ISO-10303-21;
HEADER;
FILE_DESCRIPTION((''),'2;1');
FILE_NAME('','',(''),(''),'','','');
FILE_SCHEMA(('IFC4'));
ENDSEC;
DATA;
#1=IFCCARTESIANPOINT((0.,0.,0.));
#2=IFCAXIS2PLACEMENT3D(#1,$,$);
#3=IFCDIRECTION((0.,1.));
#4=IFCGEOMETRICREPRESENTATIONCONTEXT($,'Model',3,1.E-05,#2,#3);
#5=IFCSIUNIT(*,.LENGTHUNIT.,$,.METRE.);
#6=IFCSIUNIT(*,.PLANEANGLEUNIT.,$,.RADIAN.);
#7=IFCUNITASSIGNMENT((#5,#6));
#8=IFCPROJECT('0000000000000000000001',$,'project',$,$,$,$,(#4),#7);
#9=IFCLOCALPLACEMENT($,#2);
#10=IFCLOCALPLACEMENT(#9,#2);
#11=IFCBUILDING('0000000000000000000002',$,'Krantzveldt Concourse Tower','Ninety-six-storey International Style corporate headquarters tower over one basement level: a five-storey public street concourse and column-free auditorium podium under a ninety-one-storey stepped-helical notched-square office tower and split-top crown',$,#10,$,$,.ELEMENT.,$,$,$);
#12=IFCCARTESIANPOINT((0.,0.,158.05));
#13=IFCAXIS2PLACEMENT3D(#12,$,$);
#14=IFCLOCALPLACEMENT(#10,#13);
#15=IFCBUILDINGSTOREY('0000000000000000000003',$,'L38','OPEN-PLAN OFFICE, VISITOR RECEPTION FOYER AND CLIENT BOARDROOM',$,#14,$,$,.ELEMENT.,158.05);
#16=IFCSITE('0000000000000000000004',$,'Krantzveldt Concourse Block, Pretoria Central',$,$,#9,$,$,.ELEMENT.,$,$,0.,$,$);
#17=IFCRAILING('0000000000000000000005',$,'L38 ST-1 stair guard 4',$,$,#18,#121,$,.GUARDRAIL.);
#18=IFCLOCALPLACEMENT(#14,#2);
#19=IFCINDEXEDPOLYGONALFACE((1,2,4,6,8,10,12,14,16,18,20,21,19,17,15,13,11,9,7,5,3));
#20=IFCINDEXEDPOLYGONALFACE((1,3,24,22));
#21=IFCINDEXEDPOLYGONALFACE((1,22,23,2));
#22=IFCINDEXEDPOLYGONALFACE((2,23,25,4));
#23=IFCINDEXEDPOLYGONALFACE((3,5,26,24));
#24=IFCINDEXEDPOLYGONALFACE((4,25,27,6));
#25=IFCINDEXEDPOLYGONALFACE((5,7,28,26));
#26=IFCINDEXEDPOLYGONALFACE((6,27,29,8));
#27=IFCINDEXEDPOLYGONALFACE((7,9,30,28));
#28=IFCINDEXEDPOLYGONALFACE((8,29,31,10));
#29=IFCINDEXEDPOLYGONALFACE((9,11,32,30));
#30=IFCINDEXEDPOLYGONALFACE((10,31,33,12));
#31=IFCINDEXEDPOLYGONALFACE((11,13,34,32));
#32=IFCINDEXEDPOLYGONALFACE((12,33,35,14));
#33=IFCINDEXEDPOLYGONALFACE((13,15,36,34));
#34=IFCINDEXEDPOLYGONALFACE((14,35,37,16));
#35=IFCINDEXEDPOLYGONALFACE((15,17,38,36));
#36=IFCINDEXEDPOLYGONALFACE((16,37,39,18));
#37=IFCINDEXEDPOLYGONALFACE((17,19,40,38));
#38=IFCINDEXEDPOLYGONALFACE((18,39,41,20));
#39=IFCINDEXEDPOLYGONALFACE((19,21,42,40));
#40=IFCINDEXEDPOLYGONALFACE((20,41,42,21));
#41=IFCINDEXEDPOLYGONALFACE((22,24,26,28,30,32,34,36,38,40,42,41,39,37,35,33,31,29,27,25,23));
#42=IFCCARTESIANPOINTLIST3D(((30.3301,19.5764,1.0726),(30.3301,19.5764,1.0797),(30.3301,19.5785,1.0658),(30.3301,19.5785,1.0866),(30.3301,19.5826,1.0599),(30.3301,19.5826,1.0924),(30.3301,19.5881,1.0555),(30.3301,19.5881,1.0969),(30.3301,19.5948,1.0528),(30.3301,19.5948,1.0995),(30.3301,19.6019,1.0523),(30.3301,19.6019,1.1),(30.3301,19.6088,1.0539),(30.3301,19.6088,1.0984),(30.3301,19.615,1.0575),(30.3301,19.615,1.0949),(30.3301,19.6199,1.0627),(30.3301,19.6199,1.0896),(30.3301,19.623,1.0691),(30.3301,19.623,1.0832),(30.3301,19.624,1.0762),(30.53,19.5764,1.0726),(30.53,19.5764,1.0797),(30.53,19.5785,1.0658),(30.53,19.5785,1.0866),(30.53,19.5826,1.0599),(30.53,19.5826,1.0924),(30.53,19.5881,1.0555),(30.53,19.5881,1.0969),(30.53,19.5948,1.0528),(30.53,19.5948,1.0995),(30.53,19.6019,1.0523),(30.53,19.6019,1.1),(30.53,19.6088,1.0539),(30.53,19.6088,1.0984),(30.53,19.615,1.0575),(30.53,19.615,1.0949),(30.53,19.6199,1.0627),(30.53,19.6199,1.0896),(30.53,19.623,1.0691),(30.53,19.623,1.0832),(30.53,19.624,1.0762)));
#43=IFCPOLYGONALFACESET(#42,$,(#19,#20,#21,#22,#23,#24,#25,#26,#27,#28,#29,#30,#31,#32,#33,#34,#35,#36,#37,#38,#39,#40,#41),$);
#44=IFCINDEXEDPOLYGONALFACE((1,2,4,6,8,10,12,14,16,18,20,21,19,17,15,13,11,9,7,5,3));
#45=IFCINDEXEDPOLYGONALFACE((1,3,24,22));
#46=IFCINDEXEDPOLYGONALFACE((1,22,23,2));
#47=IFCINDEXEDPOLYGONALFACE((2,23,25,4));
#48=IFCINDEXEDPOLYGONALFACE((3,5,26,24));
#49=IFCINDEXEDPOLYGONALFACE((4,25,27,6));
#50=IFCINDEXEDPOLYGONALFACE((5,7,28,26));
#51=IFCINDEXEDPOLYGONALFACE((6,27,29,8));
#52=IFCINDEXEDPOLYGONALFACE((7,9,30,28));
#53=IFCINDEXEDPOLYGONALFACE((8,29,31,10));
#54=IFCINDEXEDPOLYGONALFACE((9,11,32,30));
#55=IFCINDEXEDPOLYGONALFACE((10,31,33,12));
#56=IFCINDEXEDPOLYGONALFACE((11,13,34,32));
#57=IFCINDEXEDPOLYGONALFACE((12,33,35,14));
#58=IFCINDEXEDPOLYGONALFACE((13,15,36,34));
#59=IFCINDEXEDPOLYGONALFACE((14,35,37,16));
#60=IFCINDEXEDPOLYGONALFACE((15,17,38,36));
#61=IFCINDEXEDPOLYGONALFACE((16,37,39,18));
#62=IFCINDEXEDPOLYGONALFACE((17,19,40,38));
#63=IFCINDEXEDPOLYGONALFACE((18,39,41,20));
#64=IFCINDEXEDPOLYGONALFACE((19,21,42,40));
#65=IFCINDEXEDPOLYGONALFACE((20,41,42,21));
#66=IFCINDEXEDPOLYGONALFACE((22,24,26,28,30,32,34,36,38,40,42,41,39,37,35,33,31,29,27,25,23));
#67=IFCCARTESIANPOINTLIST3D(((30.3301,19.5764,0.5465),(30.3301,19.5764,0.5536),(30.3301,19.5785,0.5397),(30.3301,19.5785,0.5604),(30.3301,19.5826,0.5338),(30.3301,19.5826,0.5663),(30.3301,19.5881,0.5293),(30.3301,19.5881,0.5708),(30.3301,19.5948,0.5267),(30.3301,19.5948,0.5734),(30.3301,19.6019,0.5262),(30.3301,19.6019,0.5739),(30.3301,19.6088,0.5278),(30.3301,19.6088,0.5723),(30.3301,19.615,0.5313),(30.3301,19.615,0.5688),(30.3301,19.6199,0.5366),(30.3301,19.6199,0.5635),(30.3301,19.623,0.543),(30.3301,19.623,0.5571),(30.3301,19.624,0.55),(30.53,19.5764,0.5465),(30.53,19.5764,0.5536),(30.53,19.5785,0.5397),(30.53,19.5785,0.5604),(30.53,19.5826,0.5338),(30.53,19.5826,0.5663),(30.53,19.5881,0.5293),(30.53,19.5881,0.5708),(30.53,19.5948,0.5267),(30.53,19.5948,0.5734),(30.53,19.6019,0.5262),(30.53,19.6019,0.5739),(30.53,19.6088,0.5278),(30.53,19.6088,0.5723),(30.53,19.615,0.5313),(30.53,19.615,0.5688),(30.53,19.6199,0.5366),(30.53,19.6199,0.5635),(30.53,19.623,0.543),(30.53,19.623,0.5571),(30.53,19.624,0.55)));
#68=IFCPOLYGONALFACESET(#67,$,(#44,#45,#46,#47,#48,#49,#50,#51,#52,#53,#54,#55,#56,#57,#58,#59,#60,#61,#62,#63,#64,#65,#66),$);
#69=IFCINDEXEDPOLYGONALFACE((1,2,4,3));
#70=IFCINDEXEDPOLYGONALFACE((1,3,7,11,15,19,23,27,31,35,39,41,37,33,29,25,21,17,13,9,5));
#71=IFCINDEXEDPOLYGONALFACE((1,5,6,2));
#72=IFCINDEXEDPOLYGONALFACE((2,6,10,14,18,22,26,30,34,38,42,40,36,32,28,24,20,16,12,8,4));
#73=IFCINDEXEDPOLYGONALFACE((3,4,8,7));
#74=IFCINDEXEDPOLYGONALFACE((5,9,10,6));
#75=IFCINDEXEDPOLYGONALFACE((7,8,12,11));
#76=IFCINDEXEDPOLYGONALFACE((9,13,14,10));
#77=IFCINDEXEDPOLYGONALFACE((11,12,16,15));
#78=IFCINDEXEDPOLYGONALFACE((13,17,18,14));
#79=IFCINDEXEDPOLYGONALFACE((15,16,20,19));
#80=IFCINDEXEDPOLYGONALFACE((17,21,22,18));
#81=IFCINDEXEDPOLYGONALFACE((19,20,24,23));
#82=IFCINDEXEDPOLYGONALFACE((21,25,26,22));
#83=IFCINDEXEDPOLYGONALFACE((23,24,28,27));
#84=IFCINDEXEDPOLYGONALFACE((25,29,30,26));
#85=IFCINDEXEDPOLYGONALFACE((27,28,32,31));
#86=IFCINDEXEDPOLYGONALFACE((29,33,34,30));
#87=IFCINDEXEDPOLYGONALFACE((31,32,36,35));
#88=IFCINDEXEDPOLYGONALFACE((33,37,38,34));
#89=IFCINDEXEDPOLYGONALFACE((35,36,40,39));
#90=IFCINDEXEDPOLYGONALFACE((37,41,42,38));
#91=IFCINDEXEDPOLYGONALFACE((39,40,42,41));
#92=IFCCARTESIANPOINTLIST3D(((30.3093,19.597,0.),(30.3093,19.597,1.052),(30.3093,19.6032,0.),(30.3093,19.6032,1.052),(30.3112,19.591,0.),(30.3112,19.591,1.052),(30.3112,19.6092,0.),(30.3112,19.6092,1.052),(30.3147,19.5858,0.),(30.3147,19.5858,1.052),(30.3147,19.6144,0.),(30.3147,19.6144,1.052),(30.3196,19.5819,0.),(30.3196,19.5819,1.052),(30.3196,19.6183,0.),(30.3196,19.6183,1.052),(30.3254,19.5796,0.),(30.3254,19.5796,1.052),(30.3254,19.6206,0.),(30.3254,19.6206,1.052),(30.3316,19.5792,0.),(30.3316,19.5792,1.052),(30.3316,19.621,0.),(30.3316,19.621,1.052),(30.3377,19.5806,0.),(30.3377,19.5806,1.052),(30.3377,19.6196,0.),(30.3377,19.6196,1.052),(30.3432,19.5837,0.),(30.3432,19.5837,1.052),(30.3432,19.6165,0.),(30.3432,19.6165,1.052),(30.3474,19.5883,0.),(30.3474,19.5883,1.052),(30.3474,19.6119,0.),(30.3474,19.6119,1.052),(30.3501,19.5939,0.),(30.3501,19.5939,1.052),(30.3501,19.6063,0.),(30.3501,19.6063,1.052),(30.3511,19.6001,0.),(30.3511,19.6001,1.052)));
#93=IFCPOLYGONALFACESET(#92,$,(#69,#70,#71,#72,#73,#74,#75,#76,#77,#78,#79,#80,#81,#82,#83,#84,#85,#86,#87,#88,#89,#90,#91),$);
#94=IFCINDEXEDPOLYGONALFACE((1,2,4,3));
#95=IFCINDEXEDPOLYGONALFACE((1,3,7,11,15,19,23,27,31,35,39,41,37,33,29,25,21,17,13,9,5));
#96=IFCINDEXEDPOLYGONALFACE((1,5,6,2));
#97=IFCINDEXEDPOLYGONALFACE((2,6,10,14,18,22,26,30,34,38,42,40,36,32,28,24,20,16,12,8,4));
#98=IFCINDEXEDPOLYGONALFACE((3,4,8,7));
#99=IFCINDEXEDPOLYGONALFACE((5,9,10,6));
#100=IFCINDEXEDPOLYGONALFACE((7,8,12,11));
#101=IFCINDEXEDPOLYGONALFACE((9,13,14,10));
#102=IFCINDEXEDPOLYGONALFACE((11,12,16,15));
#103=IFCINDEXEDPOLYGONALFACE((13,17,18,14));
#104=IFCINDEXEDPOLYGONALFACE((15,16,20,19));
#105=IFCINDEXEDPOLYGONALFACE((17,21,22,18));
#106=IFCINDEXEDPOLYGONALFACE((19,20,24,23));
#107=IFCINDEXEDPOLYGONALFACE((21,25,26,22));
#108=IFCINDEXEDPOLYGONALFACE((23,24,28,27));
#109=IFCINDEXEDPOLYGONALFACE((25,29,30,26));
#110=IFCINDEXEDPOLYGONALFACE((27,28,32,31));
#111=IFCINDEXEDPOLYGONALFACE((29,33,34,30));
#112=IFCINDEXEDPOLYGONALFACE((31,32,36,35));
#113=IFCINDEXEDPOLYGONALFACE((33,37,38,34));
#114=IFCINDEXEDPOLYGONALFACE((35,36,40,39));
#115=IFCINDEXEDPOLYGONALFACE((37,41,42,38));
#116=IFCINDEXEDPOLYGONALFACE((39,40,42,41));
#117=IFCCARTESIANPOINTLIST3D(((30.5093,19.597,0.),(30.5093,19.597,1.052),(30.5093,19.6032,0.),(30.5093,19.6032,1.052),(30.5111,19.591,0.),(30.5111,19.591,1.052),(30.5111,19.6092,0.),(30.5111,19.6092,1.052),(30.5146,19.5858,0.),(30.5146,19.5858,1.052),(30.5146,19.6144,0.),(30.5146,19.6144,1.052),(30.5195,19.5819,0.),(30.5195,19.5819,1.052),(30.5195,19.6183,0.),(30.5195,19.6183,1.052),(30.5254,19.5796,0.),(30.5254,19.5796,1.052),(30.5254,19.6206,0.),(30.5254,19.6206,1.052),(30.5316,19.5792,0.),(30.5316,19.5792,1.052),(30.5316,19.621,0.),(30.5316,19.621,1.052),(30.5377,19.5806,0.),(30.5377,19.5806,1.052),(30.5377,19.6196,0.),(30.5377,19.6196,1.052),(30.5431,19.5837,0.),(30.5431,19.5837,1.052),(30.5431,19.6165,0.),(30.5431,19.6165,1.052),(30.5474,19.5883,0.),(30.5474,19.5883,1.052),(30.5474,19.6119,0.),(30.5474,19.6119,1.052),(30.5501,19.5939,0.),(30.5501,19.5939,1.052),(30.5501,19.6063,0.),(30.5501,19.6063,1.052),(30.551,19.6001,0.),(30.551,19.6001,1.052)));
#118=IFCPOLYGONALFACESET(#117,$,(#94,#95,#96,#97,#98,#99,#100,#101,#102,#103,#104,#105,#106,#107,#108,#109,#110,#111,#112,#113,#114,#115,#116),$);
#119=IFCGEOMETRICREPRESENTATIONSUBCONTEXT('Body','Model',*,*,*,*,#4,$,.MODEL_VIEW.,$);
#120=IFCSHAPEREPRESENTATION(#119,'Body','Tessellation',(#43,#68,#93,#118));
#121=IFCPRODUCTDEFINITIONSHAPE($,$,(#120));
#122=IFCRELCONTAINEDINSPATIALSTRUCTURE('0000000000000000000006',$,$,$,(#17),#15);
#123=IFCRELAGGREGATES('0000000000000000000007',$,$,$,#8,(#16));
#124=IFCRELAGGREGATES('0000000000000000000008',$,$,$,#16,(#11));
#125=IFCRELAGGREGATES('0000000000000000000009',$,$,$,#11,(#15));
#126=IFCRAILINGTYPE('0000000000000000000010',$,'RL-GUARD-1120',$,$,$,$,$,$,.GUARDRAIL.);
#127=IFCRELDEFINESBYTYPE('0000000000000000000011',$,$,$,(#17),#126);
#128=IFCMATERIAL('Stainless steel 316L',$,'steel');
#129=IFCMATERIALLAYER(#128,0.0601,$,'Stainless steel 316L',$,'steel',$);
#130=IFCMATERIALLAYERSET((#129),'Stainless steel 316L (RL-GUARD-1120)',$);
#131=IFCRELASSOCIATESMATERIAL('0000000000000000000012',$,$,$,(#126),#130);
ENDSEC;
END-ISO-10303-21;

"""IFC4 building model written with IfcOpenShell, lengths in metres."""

from ifc_helpers import new_model, si_unit, direction, frame, origin, origin_2d, place, context, subcontext, project, spatial, circle, extrude, material, layer, layer_set, type_object, element, save


model = new_model("IFC4")

# Units and contexts
model_context = context("Model", 3, precision=1e-05, world=origin(), true_north=direction((0.0, 1.0)))
body_context = subcontext(model_context, "Body", "Model", "MODEL_VIEW")
ifc_project = project(units=[si_unit("LENGTHUNIT", "METRE"), si_unit("PLANEANGLEUNIT", "RADIAN")], contexts=[model_context])

# Site, building, storey
site_placement = place(None, origin())
site = spatial("IfcSite", under=ifc_project, at=site_placement, Name="Krantzveldt Concourse Block, Pretoria Central", CompositionType="ELEMENT", RefElevation=0.0)
building_placement = place(site_placement, origin())
building = spatial("IfcBuilding", under=site, at=building_placement, Name="Krantzveldt Concourse Tower", Description="Ninety-six-storey International Style corporate headquarters tower over one basement level: a five-storey public street concourse and column-free auditorium podium under a ninety-one-storey stepped-helical notched-square office tower and split-top crown", CompositionType="ELEMENT")
storey_placement = place(building_placement, frame((0.0, 0.0, 158.05)))
storey = spatial("IfcBuildingStorey", under=building, at=storey_placement, Name="L38", Description="OPEN-PLAN OFFICE, VISITOR RECEPTION FOYER AND CLIENT BOARDROOM", CompositionType="ELEMENT", Elevation=158.05)

# Railing
ifc_material_1 = material(Name="Stainless steel 316L", Category="steel")
ifc_layer_1 = layer(ifc_material_1, 0.0601, Name="Stainless steel 316L", Category="steel")
ifc_layer_set_1 = layer_set([ifc_layer_1], Name="Stainless steel 316L (RL-GUARD-1120)")
railing_type_1 = type_object("IfcRailingType", Name="RL-GUARD-1120", PredefinedType="GUARDRAIL", material=ifc_layer_set_1)
railing_1_placement = place(storey_placement, frame((30.3301, 19.6001, 0.0)))
element("IfcRailing", 1, at=railing_1_placement, inside=storey, type_object=railing_type_1, Name="L38 ST-1 stair guard 4", PredefinedType="GUARDRAIL", context=body_context, shape_type="SweptSolid", body=[
    extrude(circle(Radius=0.0239, at=origin_2d()), frame((0.0, 0.0, 1.0762), z_axis=(1.0, 0.0, 0.0), x_axis=(0.0, 1.0, 0.0)), (0.0, 0.0, 1.0), 0.2),
    extrude(circle(Radius=0.0239, at=origin_2d()), frame((0.0, 0.0, 0.55), z_axis=(1.0, 0.0, 0.0), x_axis=(0.0, 1.0, 0.0)), (0.0, 0.0, 1.0), 0.2),
    extrude(circle(Radius=0.021, at=origin_2d()), origin(), (0.0, 0.0, 1.0), 1.052),
    extrude(circle(Radius=0.021, at=origin_2d()), frame((0.2, 0.0, 0.0)), (0.0, 0.0, 1.0), 1.052),
])

save(model, "model.ifc")
